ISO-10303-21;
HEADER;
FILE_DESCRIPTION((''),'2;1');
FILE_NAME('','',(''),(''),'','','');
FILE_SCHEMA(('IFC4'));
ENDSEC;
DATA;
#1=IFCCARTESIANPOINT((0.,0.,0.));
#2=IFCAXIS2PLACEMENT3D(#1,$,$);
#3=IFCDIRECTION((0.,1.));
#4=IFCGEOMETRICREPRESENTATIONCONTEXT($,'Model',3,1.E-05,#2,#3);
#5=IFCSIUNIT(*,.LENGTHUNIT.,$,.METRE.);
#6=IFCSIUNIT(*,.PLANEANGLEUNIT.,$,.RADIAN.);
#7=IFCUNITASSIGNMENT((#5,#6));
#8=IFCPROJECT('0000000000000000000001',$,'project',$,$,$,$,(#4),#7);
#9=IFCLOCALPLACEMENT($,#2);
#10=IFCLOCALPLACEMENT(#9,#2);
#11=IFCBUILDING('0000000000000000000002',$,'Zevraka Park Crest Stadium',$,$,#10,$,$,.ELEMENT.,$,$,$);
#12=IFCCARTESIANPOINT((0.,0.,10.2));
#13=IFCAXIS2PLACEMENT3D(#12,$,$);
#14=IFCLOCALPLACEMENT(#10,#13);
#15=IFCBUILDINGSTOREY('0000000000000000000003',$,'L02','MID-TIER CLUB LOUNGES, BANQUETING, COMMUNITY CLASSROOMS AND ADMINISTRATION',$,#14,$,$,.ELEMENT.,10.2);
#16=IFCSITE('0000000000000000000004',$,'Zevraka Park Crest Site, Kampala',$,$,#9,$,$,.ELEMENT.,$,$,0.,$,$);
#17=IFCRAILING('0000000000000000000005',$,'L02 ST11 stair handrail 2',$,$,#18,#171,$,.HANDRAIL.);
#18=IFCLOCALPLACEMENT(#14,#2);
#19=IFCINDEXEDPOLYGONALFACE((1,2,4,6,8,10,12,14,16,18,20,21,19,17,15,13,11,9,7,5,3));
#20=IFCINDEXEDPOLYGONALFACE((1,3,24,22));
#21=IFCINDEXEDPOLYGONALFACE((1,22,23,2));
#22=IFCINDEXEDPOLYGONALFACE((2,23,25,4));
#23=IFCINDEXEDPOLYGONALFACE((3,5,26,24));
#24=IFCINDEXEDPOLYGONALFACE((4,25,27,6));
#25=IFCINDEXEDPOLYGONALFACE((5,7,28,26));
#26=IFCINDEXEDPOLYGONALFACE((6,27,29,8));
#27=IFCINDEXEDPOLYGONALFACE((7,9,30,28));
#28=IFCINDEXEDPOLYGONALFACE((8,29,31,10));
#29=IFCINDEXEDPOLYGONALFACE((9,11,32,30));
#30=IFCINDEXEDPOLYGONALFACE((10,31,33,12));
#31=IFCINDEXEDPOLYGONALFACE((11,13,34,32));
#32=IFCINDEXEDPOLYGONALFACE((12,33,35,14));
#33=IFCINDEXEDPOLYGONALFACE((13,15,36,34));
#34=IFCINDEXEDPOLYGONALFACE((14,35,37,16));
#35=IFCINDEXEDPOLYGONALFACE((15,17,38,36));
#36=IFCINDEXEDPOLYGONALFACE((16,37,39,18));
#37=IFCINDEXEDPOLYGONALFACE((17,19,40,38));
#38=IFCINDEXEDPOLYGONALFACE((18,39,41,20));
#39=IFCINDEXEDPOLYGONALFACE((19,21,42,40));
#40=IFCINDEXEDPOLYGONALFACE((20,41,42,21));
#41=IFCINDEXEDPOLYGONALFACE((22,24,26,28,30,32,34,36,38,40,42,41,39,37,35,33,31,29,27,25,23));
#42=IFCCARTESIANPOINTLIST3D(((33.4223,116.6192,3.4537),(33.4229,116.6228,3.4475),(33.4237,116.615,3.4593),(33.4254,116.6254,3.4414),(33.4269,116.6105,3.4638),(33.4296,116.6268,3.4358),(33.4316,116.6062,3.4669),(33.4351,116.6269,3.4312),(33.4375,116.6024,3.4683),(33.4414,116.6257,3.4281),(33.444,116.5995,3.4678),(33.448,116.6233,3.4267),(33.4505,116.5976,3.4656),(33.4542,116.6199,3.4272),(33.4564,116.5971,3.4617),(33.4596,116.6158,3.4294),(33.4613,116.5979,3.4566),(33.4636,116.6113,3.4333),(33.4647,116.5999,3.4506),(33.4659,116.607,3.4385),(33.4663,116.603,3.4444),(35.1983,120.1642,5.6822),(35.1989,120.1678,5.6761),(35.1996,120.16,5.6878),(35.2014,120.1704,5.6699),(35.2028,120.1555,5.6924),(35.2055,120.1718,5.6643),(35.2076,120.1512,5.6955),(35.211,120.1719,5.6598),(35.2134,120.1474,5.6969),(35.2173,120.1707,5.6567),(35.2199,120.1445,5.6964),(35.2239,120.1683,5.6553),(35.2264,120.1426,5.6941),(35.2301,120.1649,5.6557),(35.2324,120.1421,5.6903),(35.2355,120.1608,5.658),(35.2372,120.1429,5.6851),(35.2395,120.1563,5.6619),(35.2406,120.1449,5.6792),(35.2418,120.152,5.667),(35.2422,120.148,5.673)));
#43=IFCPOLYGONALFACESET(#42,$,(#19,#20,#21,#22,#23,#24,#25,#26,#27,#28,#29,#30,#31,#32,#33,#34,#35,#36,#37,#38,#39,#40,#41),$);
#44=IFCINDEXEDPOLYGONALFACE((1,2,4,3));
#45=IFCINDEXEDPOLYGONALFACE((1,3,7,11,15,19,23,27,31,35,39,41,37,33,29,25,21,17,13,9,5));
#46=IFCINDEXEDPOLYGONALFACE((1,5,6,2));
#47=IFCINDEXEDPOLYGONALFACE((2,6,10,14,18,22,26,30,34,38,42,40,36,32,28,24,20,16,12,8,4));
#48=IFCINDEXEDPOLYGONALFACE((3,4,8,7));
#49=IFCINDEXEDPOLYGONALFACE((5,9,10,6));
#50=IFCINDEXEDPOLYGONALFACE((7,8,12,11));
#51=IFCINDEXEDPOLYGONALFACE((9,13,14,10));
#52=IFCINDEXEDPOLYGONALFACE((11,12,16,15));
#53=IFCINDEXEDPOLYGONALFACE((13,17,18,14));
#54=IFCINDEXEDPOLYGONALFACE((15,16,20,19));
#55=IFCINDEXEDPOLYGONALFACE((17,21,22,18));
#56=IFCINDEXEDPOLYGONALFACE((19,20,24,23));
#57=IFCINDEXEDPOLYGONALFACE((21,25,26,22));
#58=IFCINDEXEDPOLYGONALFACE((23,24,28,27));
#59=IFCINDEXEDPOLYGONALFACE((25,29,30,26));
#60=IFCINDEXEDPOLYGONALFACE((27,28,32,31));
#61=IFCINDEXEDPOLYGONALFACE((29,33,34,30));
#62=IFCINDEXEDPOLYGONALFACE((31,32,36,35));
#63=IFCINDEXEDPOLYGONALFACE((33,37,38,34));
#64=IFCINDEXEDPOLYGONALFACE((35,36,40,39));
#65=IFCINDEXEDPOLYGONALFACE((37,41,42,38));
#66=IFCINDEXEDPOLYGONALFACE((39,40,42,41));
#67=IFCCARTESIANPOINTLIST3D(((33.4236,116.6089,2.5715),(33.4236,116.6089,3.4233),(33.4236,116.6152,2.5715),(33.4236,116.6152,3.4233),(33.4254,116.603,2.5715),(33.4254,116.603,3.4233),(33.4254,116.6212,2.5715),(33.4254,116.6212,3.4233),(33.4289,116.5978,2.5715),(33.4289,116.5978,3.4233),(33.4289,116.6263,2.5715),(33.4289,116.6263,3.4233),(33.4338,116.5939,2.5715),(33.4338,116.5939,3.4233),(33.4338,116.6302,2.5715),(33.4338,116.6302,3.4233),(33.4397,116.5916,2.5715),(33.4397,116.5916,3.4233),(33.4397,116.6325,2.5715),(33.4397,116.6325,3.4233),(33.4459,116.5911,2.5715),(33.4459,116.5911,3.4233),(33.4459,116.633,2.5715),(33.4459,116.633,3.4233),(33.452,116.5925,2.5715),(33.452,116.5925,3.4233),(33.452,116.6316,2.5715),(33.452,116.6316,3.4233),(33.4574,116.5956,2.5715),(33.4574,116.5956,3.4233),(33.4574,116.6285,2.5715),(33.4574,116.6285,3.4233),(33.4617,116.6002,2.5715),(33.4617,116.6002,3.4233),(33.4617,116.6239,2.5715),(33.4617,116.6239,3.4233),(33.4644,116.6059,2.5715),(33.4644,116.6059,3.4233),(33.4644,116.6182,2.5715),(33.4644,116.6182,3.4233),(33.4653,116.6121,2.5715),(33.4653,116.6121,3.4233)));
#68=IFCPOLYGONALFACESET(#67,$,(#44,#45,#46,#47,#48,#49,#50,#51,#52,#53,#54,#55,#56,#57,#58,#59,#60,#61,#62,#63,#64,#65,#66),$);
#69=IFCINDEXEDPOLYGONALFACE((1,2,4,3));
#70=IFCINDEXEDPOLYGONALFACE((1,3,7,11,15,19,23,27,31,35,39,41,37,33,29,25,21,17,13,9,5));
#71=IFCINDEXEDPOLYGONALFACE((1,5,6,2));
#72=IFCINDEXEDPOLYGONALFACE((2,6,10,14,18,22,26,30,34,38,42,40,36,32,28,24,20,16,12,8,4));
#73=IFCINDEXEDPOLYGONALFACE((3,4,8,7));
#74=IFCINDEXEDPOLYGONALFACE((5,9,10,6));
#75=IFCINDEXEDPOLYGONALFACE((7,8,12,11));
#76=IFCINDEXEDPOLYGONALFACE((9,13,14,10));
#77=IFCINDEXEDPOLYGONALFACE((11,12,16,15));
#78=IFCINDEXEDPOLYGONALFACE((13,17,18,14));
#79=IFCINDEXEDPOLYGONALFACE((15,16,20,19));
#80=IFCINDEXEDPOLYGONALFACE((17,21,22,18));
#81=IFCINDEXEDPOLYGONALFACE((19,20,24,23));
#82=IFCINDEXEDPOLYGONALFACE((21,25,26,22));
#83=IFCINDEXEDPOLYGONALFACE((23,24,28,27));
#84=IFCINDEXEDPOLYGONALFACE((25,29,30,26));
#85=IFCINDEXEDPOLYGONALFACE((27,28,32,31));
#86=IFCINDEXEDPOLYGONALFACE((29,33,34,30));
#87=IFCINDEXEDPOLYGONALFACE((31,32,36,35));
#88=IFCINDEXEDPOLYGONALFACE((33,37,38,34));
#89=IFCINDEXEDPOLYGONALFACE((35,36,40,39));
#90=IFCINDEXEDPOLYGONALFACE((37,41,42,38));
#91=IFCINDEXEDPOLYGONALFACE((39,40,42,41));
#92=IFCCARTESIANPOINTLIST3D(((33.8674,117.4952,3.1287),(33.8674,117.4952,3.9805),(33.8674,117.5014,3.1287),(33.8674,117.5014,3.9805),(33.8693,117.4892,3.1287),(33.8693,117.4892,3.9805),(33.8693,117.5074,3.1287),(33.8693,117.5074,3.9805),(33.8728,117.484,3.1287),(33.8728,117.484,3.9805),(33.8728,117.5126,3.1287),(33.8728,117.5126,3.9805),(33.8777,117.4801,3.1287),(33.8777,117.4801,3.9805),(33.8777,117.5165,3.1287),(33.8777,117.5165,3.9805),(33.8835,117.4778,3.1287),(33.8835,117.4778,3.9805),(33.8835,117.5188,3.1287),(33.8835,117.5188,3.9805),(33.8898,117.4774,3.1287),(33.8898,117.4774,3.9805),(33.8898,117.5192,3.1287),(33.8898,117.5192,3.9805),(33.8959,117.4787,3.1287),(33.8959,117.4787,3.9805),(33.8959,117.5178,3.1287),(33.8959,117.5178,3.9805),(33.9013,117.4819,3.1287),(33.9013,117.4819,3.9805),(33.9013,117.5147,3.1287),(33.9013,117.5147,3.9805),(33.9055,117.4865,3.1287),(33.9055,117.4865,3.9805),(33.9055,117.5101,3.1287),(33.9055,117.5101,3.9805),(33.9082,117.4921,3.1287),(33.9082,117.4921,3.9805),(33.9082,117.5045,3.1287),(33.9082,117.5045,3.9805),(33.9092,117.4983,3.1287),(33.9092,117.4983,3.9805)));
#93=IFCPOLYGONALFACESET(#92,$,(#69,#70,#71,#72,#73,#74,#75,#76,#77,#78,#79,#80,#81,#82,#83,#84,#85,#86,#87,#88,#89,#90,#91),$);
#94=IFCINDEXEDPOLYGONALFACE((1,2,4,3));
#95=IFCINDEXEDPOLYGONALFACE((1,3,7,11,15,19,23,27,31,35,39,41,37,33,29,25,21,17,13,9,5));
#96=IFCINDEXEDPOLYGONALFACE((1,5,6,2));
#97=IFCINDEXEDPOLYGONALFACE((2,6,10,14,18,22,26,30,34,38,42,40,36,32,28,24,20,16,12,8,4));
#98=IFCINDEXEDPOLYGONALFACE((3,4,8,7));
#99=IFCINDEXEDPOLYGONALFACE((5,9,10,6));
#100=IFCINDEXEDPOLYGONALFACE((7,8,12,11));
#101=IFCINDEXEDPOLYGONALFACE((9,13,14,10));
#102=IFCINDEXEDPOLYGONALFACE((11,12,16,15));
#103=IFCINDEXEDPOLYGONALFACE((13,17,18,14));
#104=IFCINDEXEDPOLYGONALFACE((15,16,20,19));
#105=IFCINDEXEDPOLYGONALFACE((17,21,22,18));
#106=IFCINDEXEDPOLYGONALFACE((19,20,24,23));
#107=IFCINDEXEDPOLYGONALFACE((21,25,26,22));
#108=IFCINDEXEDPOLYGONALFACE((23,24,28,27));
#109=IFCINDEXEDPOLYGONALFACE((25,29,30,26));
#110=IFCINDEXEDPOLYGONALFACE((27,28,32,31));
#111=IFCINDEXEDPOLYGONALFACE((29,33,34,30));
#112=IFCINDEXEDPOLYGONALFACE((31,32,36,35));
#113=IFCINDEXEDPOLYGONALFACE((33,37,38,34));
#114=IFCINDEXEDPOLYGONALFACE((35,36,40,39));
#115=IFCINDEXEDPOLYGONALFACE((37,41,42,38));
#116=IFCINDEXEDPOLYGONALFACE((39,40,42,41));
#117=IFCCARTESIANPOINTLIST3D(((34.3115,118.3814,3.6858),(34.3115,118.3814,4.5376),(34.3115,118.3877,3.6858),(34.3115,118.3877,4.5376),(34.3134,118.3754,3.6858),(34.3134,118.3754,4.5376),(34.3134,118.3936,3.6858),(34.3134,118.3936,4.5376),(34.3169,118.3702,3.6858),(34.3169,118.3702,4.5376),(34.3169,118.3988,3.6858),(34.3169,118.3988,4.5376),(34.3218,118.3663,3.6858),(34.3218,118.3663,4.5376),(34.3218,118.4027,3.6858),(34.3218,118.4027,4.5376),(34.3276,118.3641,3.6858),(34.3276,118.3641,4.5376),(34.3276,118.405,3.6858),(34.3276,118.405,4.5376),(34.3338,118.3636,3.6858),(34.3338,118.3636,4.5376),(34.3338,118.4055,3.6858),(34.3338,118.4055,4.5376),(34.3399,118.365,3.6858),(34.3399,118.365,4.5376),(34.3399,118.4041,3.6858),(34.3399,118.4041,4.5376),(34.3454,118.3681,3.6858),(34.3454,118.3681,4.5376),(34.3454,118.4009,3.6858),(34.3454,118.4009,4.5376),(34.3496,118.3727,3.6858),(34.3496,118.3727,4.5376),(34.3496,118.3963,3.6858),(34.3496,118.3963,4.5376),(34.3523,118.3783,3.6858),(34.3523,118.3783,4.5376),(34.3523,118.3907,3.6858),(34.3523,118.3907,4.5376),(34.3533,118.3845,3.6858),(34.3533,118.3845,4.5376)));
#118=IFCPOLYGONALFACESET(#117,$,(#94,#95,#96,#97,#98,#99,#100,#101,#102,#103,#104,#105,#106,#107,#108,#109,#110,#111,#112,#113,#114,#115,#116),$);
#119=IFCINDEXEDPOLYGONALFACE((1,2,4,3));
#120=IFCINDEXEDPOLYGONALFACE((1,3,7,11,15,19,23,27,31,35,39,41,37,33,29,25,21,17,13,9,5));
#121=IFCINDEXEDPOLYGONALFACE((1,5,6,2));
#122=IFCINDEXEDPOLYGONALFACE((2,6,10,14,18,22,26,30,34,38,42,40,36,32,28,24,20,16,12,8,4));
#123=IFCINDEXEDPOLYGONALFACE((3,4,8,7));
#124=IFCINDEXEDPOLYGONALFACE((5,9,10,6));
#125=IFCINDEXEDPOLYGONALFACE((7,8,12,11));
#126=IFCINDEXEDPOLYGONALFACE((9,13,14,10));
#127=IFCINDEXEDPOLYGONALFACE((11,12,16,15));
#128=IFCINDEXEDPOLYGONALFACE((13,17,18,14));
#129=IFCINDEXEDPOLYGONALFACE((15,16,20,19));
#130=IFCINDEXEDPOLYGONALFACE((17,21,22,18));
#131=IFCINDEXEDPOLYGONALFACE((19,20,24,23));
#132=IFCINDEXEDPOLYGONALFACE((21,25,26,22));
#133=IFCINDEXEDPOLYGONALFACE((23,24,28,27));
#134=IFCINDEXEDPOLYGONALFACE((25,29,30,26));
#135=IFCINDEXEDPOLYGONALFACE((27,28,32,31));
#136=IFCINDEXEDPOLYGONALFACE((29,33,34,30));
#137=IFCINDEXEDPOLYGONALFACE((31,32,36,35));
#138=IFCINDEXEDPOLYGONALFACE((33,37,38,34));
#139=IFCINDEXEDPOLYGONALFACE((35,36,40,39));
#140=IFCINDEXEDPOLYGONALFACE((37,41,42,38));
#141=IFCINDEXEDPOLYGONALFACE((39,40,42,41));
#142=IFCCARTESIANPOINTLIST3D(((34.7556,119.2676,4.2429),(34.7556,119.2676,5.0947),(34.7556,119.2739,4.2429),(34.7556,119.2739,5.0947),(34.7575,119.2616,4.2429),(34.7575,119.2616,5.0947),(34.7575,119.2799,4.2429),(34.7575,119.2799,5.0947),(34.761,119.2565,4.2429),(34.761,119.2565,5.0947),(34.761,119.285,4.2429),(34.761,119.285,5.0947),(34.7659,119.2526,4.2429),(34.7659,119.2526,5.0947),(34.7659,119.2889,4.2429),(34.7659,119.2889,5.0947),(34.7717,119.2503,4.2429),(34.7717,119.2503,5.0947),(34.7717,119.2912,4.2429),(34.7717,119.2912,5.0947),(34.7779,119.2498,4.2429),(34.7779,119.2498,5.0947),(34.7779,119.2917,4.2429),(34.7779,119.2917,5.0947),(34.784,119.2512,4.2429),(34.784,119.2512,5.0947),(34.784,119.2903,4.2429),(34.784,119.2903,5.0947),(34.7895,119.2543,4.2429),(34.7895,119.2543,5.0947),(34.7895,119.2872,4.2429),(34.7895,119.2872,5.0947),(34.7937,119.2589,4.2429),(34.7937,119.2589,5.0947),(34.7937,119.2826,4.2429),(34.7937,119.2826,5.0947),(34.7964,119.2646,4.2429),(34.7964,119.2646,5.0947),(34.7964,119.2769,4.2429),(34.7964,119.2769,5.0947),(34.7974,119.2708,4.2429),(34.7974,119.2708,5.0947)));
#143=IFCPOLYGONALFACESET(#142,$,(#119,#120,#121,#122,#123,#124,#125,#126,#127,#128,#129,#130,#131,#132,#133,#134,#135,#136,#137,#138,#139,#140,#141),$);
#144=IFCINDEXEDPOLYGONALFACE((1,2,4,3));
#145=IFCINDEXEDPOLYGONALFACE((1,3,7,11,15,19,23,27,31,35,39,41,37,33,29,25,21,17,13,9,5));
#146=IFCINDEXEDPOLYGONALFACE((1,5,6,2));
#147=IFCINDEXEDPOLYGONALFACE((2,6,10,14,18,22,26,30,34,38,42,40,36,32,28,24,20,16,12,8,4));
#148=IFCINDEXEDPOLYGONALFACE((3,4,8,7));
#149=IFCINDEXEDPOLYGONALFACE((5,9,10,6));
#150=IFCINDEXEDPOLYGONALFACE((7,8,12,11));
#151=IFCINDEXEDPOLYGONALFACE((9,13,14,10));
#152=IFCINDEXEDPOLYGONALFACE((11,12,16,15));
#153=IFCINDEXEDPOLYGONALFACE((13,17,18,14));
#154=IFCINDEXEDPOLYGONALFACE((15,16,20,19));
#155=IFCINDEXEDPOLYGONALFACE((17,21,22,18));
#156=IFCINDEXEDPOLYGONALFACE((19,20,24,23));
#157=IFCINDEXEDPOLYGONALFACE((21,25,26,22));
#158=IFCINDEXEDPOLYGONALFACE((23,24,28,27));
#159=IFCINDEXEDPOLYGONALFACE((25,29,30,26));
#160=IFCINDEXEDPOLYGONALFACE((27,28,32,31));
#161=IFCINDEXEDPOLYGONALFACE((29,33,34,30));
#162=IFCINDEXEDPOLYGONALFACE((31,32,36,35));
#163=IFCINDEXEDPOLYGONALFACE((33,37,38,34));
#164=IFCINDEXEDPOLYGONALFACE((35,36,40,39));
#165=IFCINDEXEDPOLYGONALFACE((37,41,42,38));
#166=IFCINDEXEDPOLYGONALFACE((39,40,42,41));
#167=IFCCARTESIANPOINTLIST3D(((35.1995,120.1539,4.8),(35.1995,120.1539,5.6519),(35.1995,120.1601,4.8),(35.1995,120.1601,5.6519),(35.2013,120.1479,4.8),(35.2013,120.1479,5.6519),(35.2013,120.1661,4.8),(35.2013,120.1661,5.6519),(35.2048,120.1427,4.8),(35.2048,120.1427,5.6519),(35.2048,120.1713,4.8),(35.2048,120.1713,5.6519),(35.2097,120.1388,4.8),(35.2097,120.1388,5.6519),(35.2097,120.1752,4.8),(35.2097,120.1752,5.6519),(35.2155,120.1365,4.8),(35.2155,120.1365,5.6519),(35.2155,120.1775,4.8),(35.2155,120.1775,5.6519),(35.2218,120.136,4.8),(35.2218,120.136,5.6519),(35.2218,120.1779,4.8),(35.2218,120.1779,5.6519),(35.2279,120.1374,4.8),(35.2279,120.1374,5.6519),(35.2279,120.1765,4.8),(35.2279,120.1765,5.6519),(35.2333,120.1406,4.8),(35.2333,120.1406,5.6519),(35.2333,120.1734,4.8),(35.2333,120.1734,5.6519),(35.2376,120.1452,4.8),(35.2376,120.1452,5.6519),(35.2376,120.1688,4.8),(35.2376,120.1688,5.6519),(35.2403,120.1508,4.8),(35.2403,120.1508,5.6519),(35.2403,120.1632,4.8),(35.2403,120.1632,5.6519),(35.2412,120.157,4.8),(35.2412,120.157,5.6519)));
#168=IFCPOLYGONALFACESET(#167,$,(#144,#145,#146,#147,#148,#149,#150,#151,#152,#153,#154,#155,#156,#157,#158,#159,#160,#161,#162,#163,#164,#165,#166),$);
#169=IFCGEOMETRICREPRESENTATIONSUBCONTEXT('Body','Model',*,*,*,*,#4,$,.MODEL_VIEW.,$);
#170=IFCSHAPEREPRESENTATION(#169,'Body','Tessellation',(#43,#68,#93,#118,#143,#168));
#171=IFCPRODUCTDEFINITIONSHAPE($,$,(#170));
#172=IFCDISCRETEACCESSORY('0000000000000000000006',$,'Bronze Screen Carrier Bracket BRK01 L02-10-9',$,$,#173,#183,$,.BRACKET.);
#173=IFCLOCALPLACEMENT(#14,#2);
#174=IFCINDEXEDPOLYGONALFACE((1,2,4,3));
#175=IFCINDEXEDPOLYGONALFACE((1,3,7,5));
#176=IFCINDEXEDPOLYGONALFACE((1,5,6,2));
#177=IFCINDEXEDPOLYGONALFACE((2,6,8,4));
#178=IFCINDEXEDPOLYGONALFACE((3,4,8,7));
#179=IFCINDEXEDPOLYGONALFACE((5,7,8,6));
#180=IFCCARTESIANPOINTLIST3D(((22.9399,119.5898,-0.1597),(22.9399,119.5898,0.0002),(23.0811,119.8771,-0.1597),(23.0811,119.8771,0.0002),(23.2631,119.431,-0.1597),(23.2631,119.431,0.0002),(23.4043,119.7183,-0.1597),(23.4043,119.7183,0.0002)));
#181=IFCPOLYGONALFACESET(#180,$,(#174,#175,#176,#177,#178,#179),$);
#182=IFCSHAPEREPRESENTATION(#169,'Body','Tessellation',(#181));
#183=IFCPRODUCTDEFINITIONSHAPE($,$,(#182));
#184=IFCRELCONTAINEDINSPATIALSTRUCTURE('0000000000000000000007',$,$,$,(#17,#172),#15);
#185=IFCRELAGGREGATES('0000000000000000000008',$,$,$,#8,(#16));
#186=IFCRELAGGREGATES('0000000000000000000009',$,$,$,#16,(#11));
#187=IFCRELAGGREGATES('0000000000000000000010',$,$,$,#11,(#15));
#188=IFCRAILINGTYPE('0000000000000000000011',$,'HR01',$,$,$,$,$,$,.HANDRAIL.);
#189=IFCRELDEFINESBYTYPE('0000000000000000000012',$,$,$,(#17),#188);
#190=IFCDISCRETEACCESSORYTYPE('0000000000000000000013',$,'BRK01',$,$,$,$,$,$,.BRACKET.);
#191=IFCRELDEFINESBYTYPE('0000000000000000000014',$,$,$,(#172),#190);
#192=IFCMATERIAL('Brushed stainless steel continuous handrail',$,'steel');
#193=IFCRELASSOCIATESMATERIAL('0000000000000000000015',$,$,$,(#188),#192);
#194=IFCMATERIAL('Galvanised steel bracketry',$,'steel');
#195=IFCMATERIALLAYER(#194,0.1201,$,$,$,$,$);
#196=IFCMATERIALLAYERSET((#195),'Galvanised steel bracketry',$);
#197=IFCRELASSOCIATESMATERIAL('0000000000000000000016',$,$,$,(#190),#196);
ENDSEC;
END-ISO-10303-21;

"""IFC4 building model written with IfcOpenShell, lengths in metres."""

from ifc_helpers import new_model, si_unit, direction, frame, origin, origin_2d, place, context, subcontext, project, spatial, rectangle, circle, extrude, material, layer, layer_set, type_object, element, save


model = new_model("IFC4")

# Units and contexts
model_context = context("Model", 3, precision=1e-05, world=origin(), true_north=direction((0.0, 1.0)))
body_context = subcontext(model_context, "Body", "Model", "MODEL_VIEW")
ifc_project = project(units=[si_unit("LENGTHUNIT", "METRE"), si_unit("PLANEANGLEUNIT", "RADIAN")], contexts=[model_context])

# Site, building, storey
site_placement = place(None, origin())
site = spatial("IfcSite", under=ifc_project, at=site_placement, Name="Zevraka Park Crest Site, Kampala", CompositionType="ELEMENT", RefElevation=0.0)
building_placement = place(site_placement, origin())
building = spatial("IfcBuilding", under=site, at=building_placement, Name="Zevraka Park Crest Stadium", CompositionType="ELEMENT")
storey_placement = place(building_placement, frame((0.0, 0.0, 10.2)))
storey = spatial("IfcBuildingStorey", under=building, at=storey_placement, Name="L02", Description="MID-TIER CLUB LOUNGES, BANQUETING, COMMUNITY CLASSROOMS AND ADMINISTRATION", CompositionType="ELEMENT", Elevation=10.2)

# Railing
ifc_material_1 = material(Name="Brushed stainless steel continuous handrail", Category="steel")
railing_type_1 = type_object("IfcRailingType", Name="HR01", PredefinedType="HANDRAIL", material=ifc_material_1)
railing_1_placement = place(storey_placement, frame((33.4443, 116.6121, 2.5715)))
element("IfcRailing", 1, at=railing_1_placement, inside=storey, type_object=railing_type_1, Name="L02 ST11 stair handrail 2", PredefinedType="HANDRAIL", context=body_context, shape_type="SweptSolid", body=[
    extrude(circle(Radius=0.0239, at=origin_2d()), frame((0.0, 0.0, 0.876), z_axis=(0.390454, 0.779405, 0.489973), x_axis=(-0.894082, 0.447903, 0.0)), (0.0, 0.0, 1.0), 4.5483),
    extrude(circle(Radius=0.021, at=origin_2d()), origin(), (0.0, 0.0, 1.0), 0.8518),
    extrude(circle(Radius=0.021, at=origin_2d()), frame((0.4438, 0.8862, 0.5571)), (0.0, 0.0, 1.0), 0.8518),
    extrude(circle(Radius=0.021, at=origin_2d()), frame((0.8879, 1.7725, 1.1143)), (0.0, 0.0, 1.0), 0.8518),
    extrude(circle(Radius=0.021, at=origin_2d()), frame((1.332, 2.6587, 1.6714)), (0.0, 0.0, 1.0), 0.8518),
    extrude(circle(Radius=0.021, at=origin_2d()), frame((1.7759, 3.5449, 2.2285)), (0.0, 0.0, 1.0), 0.8518),
])

# Discrete accessory
ifc_material_2 = material(Name="Galvanised steel bracketry", Category="steel")
ifc_layer_1 = layer(ifc_material_2, 0.1201)
ifc_layer_set_1 = layer_set([ifc_layer_1], Name="Galvanised steel bracketry")
discrete_accessory_type = type_object("IfcDiscreteAccessoryType", Name="BRK01", PredefinedType="BRACKET", material=ifc_layer_set_1)
discrete_accessory_placement = place(storey_placement, frame((23.1721, 119.6541, -0.1597), z_axis=(0.0, 0.0, 1.0), x_axis=(-0.441036, -0.897489, 0.0)))
element("IfcDiscreteAccessory", 2, at=discrete_accessory_placement, inside=storey, type_object=discrete_accessory_type, Name="Bronze Screen Carrier Bracket BRK01 L02-10-9", PredefinedType="BRACKET", context=body_context, shape_type="SweptSolid", body=[
    extrude(rectangle(XDim=0.3201, YDim=0.3601, at=origin_2d()), origin(), (0.0, 0.0, 1.0), 0.1599),
])

save(model, "model.ifc")
